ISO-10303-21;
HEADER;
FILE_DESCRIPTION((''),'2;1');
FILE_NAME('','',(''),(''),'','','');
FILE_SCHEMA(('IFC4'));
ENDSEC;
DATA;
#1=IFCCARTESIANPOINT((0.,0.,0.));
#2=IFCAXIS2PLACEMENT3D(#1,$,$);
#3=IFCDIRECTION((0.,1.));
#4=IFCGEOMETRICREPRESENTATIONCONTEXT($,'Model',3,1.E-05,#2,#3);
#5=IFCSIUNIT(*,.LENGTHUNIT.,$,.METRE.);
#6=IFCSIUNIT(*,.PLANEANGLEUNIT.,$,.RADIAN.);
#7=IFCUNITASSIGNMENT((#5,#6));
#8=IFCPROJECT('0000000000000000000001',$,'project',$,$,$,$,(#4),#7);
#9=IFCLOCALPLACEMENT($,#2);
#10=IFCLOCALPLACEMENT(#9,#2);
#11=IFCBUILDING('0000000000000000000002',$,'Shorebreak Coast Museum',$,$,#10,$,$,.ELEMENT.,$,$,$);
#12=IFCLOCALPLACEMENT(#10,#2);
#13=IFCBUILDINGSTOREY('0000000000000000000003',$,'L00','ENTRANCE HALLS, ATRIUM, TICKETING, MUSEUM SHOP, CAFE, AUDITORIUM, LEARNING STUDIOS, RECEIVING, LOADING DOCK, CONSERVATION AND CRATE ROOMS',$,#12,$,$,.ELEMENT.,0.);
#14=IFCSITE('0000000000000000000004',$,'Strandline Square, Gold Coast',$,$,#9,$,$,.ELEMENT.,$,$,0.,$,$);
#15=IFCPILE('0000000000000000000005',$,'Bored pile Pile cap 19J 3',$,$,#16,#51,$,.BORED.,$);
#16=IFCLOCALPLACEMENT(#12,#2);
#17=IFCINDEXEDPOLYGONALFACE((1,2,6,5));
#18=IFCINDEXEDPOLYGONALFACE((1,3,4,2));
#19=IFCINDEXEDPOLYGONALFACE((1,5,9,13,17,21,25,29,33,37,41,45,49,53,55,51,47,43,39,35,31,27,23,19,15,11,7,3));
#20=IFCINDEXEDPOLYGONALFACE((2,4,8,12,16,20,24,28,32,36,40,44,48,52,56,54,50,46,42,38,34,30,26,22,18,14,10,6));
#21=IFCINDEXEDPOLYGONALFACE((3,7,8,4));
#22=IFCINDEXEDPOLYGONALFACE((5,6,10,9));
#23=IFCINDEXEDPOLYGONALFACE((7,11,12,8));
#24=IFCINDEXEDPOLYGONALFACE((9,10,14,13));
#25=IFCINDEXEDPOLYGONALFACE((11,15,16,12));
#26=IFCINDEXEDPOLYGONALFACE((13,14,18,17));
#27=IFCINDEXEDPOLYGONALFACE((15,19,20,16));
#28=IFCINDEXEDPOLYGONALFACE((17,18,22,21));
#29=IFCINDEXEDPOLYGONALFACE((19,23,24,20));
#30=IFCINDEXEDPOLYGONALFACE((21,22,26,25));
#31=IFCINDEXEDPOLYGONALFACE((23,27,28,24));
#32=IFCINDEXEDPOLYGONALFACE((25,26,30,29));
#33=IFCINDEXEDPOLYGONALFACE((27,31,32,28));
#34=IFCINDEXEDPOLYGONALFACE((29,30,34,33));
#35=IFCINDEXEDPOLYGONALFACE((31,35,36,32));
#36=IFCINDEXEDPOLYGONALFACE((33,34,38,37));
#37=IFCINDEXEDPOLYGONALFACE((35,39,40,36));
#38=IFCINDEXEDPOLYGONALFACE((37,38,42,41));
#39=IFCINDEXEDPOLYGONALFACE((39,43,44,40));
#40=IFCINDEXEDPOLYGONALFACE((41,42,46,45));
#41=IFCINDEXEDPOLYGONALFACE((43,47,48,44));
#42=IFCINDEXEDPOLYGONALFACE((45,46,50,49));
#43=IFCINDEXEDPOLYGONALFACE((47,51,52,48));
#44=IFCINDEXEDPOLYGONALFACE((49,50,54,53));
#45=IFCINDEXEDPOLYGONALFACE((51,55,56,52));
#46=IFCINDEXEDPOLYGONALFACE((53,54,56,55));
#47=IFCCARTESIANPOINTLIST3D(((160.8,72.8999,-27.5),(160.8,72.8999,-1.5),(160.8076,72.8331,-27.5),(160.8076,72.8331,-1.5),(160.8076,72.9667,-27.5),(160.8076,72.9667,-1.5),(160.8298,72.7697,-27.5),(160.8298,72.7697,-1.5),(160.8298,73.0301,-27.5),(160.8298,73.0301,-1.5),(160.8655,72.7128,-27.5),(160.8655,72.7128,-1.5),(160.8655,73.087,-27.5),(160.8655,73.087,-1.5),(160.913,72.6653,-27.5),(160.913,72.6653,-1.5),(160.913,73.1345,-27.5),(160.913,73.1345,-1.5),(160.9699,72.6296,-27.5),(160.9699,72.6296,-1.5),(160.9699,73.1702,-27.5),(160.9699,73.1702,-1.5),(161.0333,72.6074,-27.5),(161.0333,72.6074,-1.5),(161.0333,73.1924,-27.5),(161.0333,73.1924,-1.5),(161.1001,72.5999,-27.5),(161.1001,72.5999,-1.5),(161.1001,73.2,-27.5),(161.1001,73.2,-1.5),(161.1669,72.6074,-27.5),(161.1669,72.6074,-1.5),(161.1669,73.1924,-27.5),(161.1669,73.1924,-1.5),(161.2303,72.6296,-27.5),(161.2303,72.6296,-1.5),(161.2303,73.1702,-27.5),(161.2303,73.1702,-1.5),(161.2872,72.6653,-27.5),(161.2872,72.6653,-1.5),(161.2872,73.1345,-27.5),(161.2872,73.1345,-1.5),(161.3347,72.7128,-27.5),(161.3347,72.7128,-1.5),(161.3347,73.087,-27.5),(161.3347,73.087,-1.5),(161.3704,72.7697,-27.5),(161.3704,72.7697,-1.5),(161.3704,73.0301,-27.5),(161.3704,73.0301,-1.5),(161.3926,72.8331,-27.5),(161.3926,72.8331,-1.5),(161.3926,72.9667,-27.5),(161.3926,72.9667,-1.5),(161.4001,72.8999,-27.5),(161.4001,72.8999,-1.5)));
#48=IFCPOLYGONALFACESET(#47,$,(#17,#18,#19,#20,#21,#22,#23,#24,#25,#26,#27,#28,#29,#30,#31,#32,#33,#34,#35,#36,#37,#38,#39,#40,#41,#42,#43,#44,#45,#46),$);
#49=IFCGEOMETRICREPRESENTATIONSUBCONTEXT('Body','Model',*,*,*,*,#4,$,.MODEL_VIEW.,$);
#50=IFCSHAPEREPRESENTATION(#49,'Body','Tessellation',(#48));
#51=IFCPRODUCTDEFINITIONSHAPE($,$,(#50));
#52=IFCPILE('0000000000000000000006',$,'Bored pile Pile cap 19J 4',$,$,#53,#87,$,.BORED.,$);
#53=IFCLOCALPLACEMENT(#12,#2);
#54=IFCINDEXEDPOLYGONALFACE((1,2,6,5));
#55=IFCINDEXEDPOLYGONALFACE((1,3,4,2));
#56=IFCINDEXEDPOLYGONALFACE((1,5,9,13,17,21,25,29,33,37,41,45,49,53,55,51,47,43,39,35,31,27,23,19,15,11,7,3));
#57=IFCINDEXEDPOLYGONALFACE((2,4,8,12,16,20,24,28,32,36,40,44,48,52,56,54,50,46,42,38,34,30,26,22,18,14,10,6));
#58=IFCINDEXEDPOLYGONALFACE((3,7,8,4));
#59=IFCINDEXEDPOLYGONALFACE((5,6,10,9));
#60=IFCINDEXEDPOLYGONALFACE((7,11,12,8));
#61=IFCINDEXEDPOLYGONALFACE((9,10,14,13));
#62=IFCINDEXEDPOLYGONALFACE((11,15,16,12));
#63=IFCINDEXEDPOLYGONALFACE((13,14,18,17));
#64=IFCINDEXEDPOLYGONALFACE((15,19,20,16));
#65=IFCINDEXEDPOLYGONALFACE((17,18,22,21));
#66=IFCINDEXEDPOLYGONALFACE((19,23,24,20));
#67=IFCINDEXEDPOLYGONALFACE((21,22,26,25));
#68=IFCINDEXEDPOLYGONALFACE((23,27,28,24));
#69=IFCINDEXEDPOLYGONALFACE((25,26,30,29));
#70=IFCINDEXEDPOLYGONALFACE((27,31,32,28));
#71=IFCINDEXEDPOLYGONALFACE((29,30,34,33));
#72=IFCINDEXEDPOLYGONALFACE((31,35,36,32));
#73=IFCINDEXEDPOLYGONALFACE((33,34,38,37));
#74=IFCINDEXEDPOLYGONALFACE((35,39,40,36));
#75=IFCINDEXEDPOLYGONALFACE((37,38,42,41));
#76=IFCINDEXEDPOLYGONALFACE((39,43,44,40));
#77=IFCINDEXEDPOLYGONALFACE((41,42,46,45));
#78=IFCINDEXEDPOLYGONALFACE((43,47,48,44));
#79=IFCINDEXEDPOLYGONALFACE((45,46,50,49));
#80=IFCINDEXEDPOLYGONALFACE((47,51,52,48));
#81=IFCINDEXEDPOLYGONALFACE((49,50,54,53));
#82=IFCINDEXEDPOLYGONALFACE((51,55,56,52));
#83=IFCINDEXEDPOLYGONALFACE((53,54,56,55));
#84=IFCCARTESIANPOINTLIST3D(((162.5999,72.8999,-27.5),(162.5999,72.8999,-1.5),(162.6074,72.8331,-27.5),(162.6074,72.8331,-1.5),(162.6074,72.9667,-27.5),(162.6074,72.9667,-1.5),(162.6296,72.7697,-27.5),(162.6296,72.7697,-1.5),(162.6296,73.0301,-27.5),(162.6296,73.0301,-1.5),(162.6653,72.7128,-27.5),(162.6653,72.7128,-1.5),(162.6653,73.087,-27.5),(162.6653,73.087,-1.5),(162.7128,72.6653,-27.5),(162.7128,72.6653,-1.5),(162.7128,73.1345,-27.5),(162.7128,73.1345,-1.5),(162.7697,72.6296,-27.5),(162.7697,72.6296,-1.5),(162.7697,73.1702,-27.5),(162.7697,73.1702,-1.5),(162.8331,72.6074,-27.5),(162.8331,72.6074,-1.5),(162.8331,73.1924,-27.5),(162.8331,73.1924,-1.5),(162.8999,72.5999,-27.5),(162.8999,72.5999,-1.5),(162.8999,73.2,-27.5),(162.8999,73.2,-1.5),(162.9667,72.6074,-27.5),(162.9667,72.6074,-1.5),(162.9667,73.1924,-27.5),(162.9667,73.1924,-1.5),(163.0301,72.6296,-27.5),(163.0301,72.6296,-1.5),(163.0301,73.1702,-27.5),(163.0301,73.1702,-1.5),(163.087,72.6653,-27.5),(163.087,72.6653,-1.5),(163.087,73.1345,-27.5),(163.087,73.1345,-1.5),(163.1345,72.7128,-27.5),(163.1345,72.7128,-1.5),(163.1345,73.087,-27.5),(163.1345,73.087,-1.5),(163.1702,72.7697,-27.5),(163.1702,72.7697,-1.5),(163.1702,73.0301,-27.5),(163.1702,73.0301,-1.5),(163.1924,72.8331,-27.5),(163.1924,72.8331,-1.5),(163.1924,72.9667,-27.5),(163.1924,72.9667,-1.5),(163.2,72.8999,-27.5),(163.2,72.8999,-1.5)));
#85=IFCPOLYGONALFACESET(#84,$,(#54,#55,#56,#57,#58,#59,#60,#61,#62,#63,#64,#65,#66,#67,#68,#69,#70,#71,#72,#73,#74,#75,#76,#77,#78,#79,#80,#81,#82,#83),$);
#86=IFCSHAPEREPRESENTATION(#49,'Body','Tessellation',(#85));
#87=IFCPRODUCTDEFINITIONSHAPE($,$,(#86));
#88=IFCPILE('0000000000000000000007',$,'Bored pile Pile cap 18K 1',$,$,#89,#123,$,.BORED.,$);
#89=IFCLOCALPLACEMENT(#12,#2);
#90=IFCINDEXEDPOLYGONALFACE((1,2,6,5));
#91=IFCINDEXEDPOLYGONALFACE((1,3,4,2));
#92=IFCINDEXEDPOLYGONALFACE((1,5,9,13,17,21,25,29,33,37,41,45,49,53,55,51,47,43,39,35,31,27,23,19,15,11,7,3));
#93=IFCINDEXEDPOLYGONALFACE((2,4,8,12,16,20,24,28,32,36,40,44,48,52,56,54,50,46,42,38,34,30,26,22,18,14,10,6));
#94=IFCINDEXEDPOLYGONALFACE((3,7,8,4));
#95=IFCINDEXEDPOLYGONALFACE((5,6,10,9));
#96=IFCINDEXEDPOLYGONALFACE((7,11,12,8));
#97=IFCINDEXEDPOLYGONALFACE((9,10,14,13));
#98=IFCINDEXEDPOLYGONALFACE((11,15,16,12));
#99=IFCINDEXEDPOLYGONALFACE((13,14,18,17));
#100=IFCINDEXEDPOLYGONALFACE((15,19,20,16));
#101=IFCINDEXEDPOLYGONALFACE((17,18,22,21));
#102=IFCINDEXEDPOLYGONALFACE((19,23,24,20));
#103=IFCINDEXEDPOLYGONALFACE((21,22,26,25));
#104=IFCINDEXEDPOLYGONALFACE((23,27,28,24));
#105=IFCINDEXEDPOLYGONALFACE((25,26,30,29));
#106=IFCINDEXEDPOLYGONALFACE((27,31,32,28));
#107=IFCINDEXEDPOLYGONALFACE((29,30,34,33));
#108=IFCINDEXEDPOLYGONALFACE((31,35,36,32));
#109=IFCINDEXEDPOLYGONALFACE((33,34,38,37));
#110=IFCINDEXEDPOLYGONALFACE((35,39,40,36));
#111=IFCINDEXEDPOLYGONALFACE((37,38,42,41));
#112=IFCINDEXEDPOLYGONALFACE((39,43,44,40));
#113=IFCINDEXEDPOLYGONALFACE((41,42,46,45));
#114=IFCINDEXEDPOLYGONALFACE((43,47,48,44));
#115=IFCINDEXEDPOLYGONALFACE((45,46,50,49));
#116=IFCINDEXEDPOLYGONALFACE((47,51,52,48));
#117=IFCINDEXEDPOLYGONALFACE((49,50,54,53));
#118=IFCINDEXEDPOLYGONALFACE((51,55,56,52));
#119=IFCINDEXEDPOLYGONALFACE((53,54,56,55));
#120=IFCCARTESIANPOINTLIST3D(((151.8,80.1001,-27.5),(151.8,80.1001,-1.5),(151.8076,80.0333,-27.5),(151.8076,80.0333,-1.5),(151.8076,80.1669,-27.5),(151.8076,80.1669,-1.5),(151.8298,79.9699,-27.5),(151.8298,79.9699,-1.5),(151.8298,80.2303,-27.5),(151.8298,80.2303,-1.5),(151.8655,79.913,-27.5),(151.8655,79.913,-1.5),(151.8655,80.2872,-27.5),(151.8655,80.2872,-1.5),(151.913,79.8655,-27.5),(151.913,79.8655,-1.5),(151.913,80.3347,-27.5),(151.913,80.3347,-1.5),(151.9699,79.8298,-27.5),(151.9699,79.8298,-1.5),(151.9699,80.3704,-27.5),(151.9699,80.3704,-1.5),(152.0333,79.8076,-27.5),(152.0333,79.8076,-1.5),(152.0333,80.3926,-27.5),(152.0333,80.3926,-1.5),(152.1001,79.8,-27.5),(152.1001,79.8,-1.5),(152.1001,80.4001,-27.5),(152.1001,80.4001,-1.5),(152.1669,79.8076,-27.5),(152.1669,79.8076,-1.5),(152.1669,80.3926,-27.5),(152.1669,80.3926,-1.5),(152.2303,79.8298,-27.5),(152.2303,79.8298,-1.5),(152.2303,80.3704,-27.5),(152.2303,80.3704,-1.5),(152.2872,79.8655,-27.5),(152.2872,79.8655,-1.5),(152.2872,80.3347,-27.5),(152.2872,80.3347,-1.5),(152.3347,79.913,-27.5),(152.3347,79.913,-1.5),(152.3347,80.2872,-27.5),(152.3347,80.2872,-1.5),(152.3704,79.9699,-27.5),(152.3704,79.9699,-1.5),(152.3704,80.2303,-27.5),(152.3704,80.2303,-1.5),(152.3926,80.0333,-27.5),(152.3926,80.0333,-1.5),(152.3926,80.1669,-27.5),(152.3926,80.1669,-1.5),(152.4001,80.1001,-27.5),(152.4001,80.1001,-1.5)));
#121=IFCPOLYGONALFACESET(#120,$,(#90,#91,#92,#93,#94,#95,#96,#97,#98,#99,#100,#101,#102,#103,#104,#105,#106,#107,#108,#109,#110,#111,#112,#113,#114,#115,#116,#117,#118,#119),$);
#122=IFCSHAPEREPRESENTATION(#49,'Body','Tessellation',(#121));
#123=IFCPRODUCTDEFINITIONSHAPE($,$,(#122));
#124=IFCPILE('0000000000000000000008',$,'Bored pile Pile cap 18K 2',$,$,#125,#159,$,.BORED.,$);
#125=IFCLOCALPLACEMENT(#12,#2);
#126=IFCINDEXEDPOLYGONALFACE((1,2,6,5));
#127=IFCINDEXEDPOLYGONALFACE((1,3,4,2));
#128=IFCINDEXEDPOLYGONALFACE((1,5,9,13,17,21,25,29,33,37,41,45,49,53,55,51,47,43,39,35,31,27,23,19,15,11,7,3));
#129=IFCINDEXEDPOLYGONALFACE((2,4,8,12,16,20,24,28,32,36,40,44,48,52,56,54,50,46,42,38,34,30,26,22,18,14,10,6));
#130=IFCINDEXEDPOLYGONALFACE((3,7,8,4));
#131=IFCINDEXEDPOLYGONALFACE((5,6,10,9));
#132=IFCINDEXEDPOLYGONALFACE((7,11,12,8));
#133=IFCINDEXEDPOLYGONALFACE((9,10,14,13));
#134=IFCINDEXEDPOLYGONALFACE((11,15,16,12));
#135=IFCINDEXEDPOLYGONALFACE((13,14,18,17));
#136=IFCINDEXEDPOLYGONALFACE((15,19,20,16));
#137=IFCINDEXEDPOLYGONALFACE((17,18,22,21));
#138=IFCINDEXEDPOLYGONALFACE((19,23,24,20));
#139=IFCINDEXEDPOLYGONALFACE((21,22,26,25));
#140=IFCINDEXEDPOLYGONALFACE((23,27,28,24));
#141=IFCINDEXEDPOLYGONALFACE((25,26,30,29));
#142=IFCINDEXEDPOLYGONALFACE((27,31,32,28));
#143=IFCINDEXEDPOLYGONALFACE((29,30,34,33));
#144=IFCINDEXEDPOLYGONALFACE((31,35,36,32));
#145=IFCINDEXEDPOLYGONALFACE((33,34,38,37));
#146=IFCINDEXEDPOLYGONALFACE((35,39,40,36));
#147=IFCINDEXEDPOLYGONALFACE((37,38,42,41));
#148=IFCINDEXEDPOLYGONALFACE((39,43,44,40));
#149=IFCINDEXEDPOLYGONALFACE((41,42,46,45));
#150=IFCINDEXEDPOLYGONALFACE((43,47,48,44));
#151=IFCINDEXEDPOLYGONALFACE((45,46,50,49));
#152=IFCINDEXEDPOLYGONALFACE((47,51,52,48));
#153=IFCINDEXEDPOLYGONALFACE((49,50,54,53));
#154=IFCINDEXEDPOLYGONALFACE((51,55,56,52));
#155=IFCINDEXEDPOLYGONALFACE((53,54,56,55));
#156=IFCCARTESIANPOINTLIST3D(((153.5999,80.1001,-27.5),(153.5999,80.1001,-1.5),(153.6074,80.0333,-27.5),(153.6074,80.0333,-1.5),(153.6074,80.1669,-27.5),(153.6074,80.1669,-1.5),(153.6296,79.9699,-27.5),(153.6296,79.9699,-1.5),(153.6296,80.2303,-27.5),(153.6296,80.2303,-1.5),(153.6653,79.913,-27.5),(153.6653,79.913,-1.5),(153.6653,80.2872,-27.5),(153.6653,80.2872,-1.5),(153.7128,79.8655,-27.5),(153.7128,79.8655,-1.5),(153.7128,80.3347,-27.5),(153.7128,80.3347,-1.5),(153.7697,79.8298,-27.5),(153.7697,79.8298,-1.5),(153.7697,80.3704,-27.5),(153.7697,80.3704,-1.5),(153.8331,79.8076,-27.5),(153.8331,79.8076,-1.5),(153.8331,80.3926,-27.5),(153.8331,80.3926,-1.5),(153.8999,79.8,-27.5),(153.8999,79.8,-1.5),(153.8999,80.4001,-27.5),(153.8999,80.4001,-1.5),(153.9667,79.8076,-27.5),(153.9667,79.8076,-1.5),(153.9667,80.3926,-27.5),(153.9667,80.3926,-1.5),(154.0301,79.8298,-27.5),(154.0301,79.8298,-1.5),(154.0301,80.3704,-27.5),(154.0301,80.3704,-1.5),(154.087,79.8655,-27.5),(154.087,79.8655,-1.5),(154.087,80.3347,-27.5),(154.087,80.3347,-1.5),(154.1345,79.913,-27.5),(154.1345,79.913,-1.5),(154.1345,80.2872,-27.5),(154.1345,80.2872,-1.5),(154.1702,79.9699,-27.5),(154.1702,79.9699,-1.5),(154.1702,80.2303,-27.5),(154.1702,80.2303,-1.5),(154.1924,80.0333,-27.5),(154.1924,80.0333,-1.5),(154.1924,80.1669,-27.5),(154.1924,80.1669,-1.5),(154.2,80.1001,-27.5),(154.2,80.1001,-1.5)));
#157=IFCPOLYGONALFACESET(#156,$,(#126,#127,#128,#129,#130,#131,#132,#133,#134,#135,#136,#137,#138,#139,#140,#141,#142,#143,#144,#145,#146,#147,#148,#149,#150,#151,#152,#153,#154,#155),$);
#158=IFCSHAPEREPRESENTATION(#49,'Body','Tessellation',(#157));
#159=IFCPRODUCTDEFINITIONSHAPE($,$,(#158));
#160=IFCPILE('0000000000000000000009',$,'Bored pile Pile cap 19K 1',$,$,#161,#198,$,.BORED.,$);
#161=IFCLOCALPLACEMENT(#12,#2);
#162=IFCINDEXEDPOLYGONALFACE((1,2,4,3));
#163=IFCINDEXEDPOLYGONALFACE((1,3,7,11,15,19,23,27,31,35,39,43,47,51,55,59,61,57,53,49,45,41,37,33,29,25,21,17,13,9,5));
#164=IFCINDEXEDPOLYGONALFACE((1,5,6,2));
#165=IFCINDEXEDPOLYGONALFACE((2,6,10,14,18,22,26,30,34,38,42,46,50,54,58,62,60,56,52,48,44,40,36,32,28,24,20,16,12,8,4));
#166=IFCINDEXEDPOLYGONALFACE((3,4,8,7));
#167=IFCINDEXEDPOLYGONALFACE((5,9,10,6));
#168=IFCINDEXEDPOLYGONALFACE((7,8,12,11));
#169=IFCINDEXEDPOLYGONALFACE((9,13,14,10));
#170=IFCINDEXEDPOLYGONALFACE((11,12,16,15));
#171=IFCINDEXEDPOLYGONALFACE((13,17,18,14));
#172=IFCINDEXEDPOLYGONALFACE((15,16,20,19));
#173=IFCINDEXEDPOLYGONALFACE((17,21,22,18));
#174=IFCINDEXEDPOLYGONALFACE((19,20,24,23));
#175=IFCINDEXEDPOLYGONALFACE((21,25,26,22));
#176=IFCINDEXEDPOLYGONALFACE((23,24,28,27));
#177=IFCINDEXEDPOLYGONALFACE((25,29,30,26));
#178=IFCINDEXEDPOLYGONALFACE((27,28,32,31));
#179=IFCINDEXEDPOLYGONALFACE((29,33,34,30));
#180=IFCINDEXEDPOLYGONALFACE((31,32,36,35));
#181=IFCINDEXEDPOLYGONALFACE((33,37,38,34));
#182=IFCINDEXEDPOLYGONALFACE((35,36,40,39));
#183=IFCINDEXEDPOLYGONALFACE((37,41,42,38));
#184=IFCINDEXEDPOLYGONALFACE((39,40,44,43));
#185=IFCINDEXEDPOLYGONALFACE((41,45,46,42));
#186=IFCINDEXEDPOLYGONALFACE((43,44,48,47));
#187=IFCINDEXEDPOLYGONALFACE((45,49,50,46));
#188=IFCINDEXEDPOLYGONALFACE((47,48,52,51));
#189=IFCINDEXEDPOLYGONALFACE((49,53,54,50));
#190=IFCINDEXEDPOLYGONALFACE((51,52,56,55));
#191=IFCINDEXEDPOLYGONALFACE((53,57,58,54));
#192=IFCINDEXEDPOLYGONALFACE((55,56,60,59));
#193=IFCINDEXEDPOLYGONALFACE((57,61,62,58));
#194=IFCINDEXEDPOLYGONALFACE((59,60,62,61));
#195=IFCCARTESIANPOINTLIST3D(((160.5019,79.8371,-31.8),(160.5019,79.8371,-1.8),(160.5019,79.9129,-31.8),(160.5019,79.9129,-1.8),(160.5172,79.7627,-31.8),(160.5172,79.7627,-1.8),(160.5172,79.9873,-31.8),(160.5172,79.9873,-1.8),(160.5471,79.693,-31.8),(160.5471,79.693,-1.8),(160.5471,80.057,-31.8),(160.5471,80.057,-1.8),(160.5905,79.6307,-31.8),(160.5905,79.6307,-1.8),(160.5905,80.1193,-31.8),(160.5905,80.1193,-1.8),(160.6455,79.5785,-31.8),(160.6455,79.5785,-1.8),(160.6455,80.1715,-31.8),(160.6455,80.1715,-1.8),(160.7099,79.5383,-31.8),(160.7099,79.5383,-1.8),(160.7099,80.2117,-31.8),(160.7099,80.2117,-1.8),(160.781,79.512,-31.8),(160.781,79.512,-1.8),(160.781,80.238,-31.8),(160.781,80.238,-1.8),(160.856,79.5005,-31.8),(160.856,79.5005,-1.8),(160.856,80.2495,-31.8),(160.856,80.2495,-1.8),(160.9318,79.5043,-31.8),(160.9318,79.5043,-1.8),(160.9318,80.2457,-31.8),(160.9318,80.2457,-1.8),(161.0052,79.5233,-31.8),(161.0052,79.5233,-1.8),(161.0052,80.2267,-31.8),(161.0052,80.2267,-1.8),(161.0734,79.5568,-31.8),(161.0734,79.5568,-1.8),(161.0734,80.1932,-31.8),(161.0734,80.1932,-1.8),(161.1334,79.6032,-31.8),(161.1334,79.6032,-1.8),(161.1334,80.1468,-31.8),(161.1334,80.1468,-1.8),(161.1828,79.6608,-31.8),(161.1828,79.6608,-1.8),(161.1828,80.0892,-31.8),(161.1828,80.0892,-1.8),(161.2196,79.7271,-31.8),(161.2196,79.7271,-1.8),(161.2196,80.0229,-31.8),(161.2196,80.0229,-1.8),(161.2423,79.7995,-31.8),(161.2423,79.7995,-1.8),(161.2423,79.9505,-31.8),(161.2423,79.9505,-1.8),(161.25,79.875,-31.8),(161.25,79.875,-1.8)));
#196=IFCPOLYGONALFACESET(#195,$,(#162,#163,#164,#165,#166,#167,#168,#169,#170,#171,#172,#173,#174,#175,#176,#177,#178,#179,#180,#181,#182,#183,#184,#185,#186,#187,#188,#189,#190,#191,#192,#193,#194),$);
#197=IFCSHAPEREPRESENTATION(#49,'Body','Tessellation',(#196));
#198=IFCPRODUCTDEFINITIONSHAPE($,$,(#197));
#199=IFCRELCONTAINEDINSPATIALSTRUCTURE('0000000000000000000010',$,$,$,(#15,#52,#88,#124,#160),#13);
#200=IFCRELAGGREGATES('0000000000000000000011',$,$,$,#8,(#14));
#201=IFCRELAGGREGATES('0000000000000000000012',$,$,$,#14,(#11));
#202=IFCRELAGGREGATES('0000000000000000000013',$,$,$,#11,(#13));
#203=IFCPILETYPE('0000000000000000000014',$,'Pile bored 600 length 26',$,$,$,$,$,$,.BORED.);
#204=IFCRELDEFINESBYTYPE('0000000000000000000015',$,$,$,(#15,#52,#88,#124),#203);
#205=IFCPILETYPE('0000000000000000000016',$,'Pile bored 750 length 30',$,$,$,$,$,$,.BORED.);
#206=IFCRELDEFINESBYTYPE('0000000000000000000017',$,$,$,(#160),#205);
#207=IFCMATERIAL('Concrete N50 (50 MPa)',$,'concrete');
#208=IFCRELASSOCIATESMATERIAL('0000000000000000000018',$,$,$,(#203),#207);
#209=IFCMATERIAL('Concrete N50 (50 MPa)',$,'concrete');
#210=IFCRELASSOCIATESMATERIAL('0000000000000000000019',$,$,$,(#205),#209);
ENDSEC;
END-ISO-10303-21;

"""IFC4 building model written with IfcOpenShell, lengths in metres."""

from ifc_helpers import new_model, si_unit, direction, frame, origin, origin_2d, place, context, subcontext, project, spatial, circle, extrude, material, material_profile, profile_set, type_object, element, save


model = new_model("IFC4")

# Units and contexts
model_context = context("Model", 3, precision=1e-05, world=origin(), true_north=direction((0.0, 1.0)))
body_context = subcontext(model_context, "Body", "Model", "MODEL_VIEW")
ifc_project = project(units=[si_unit("LENGTHUNIT", "METRE"), si_unit("PLANEANGLEUNIT", "RADIAN")], contexts=[model_context])

# Site, building, storey
site_placement = place(None, origin())
site = spatial("IfcSite", under=ifc_project, at=site_placement, Name="Strandline Square, Gold Coast", CompositionType="ELEMENT", RefElevation=0.0)
building_placement = place(site_placement, origin())
building = spatial("IfcBuilding", under=site, at=building_placement, Name="Shorebreak Coast Museum", CompositionType="ELEMENT")
storey_placement = place(building_placement, origin())
storey = spatial("IfcBuildingStorey", under=building, at=storey_placement, Name="L00", Description="ENTRANCE HALLS, ATRIUM, TICKETING, MUSEUM SHOP, CAFE, AUDITORIUM, LEARNING STUDIOS, RECEIVING, LOADING DOCK, CONSERVATION AND CRATE ROOMS", CompositionType="ELEMENT", Elevation=0.0)

# Piles
ifc_material_1 = material(Name="Concrete N50 (50 MPa)", Category="concrete")
ifc_material_profile_1 = material_profile(ifc_material_1, circle(Radius=0.3, at=origin_2d()), Name="Pile bored 600 length 26")
ifc_profile_set_1 = profile_set([ifc_material_profile_1], Name="Concrete N50 (50 MPa)")
pile_type_1 = type_object("IfcPileType", Name="Pile bored 600 length 26", PredefinedType="BORED", material=ifc_profile_set_1)
for number, where, z_axis, x_axis, name in (
    (1, (161.1001, 72.8999, -1.5), (0.0, 0.0, -1.0), (1.0, 0.0, 0.0), "Bored pile Pile cap 19J 3"),
    (2, (162.8999, 72.8999, -1.5), (0.0, 0.0, -1.0), (1.0, 0.0, 0.0), "Bored pile Pile cap 19J 4"),
    (3, (152.1001, 80.1001, -1.5), (0.0, 0.0, -1.0), (1.0, 0.0, 0.0), "Bored pile Pile cap 18K 1"),
    (4, (153.8999, 80.1001, -1.5), (0.0, 0.0, -1.0), (1.0, 0.0, 0.0), "Bored pile Pile cap 18K 2"),
):
    element("IfcPile", number, at=place(storey_placement, frame(where, z_axis=z_axis, x_axis=x_axis)), inside=storey, type_object=pile_type_1, Name=name, PredefinedType="BORED", context=body_context, shape_type="SweptSolid", body=[
        extrude(circle(Radius=0.3, at=origin_2d()), origin(), (0.0, 0.0, 1.0), 26.0),
    ])
ifc_material_2 = material(Name="Concrete N50 (50 MPa)", Category="concrete")
ifc_material_profile_2 = material_profile(ifc_material_2, circle(Radius=0.375, at=origin_2d()), Name="Pile bored 750 length 30")
ifc_profile_set_2 = profile_set([ifc_material_profile_2], Name="Concrete N50 (50 MPa)")
pile_type_2 = type_object("IfcPileType", Name="Pile bored 750 length 30", PredefinedType="BORED", material=ifc_profile_set_2)
for number, where, z_axis, x_axis, name in (
    (5, (160.875, 79.875, -1.8), (0.0, 0.0, -1.0), (1.0, 0.0, 0.0), "Bored pile Pile cap 19K 1"),
):
    element("IfcPile", number, at=place(storey_placement, frame(where, z_axis=z_axis, x_axis=x_axis)), inside=storey, type_object=pile_type_2, Name=name, PredefinedType="BORED", context=body_context, shape_type="SweptSolid", body=[
        extrude(circle(Radius=0.375, at=origin_2d()), origin(), (0.0, 0.0, 1.0), 30.0),
    ])

save(model, "model.ifc")
